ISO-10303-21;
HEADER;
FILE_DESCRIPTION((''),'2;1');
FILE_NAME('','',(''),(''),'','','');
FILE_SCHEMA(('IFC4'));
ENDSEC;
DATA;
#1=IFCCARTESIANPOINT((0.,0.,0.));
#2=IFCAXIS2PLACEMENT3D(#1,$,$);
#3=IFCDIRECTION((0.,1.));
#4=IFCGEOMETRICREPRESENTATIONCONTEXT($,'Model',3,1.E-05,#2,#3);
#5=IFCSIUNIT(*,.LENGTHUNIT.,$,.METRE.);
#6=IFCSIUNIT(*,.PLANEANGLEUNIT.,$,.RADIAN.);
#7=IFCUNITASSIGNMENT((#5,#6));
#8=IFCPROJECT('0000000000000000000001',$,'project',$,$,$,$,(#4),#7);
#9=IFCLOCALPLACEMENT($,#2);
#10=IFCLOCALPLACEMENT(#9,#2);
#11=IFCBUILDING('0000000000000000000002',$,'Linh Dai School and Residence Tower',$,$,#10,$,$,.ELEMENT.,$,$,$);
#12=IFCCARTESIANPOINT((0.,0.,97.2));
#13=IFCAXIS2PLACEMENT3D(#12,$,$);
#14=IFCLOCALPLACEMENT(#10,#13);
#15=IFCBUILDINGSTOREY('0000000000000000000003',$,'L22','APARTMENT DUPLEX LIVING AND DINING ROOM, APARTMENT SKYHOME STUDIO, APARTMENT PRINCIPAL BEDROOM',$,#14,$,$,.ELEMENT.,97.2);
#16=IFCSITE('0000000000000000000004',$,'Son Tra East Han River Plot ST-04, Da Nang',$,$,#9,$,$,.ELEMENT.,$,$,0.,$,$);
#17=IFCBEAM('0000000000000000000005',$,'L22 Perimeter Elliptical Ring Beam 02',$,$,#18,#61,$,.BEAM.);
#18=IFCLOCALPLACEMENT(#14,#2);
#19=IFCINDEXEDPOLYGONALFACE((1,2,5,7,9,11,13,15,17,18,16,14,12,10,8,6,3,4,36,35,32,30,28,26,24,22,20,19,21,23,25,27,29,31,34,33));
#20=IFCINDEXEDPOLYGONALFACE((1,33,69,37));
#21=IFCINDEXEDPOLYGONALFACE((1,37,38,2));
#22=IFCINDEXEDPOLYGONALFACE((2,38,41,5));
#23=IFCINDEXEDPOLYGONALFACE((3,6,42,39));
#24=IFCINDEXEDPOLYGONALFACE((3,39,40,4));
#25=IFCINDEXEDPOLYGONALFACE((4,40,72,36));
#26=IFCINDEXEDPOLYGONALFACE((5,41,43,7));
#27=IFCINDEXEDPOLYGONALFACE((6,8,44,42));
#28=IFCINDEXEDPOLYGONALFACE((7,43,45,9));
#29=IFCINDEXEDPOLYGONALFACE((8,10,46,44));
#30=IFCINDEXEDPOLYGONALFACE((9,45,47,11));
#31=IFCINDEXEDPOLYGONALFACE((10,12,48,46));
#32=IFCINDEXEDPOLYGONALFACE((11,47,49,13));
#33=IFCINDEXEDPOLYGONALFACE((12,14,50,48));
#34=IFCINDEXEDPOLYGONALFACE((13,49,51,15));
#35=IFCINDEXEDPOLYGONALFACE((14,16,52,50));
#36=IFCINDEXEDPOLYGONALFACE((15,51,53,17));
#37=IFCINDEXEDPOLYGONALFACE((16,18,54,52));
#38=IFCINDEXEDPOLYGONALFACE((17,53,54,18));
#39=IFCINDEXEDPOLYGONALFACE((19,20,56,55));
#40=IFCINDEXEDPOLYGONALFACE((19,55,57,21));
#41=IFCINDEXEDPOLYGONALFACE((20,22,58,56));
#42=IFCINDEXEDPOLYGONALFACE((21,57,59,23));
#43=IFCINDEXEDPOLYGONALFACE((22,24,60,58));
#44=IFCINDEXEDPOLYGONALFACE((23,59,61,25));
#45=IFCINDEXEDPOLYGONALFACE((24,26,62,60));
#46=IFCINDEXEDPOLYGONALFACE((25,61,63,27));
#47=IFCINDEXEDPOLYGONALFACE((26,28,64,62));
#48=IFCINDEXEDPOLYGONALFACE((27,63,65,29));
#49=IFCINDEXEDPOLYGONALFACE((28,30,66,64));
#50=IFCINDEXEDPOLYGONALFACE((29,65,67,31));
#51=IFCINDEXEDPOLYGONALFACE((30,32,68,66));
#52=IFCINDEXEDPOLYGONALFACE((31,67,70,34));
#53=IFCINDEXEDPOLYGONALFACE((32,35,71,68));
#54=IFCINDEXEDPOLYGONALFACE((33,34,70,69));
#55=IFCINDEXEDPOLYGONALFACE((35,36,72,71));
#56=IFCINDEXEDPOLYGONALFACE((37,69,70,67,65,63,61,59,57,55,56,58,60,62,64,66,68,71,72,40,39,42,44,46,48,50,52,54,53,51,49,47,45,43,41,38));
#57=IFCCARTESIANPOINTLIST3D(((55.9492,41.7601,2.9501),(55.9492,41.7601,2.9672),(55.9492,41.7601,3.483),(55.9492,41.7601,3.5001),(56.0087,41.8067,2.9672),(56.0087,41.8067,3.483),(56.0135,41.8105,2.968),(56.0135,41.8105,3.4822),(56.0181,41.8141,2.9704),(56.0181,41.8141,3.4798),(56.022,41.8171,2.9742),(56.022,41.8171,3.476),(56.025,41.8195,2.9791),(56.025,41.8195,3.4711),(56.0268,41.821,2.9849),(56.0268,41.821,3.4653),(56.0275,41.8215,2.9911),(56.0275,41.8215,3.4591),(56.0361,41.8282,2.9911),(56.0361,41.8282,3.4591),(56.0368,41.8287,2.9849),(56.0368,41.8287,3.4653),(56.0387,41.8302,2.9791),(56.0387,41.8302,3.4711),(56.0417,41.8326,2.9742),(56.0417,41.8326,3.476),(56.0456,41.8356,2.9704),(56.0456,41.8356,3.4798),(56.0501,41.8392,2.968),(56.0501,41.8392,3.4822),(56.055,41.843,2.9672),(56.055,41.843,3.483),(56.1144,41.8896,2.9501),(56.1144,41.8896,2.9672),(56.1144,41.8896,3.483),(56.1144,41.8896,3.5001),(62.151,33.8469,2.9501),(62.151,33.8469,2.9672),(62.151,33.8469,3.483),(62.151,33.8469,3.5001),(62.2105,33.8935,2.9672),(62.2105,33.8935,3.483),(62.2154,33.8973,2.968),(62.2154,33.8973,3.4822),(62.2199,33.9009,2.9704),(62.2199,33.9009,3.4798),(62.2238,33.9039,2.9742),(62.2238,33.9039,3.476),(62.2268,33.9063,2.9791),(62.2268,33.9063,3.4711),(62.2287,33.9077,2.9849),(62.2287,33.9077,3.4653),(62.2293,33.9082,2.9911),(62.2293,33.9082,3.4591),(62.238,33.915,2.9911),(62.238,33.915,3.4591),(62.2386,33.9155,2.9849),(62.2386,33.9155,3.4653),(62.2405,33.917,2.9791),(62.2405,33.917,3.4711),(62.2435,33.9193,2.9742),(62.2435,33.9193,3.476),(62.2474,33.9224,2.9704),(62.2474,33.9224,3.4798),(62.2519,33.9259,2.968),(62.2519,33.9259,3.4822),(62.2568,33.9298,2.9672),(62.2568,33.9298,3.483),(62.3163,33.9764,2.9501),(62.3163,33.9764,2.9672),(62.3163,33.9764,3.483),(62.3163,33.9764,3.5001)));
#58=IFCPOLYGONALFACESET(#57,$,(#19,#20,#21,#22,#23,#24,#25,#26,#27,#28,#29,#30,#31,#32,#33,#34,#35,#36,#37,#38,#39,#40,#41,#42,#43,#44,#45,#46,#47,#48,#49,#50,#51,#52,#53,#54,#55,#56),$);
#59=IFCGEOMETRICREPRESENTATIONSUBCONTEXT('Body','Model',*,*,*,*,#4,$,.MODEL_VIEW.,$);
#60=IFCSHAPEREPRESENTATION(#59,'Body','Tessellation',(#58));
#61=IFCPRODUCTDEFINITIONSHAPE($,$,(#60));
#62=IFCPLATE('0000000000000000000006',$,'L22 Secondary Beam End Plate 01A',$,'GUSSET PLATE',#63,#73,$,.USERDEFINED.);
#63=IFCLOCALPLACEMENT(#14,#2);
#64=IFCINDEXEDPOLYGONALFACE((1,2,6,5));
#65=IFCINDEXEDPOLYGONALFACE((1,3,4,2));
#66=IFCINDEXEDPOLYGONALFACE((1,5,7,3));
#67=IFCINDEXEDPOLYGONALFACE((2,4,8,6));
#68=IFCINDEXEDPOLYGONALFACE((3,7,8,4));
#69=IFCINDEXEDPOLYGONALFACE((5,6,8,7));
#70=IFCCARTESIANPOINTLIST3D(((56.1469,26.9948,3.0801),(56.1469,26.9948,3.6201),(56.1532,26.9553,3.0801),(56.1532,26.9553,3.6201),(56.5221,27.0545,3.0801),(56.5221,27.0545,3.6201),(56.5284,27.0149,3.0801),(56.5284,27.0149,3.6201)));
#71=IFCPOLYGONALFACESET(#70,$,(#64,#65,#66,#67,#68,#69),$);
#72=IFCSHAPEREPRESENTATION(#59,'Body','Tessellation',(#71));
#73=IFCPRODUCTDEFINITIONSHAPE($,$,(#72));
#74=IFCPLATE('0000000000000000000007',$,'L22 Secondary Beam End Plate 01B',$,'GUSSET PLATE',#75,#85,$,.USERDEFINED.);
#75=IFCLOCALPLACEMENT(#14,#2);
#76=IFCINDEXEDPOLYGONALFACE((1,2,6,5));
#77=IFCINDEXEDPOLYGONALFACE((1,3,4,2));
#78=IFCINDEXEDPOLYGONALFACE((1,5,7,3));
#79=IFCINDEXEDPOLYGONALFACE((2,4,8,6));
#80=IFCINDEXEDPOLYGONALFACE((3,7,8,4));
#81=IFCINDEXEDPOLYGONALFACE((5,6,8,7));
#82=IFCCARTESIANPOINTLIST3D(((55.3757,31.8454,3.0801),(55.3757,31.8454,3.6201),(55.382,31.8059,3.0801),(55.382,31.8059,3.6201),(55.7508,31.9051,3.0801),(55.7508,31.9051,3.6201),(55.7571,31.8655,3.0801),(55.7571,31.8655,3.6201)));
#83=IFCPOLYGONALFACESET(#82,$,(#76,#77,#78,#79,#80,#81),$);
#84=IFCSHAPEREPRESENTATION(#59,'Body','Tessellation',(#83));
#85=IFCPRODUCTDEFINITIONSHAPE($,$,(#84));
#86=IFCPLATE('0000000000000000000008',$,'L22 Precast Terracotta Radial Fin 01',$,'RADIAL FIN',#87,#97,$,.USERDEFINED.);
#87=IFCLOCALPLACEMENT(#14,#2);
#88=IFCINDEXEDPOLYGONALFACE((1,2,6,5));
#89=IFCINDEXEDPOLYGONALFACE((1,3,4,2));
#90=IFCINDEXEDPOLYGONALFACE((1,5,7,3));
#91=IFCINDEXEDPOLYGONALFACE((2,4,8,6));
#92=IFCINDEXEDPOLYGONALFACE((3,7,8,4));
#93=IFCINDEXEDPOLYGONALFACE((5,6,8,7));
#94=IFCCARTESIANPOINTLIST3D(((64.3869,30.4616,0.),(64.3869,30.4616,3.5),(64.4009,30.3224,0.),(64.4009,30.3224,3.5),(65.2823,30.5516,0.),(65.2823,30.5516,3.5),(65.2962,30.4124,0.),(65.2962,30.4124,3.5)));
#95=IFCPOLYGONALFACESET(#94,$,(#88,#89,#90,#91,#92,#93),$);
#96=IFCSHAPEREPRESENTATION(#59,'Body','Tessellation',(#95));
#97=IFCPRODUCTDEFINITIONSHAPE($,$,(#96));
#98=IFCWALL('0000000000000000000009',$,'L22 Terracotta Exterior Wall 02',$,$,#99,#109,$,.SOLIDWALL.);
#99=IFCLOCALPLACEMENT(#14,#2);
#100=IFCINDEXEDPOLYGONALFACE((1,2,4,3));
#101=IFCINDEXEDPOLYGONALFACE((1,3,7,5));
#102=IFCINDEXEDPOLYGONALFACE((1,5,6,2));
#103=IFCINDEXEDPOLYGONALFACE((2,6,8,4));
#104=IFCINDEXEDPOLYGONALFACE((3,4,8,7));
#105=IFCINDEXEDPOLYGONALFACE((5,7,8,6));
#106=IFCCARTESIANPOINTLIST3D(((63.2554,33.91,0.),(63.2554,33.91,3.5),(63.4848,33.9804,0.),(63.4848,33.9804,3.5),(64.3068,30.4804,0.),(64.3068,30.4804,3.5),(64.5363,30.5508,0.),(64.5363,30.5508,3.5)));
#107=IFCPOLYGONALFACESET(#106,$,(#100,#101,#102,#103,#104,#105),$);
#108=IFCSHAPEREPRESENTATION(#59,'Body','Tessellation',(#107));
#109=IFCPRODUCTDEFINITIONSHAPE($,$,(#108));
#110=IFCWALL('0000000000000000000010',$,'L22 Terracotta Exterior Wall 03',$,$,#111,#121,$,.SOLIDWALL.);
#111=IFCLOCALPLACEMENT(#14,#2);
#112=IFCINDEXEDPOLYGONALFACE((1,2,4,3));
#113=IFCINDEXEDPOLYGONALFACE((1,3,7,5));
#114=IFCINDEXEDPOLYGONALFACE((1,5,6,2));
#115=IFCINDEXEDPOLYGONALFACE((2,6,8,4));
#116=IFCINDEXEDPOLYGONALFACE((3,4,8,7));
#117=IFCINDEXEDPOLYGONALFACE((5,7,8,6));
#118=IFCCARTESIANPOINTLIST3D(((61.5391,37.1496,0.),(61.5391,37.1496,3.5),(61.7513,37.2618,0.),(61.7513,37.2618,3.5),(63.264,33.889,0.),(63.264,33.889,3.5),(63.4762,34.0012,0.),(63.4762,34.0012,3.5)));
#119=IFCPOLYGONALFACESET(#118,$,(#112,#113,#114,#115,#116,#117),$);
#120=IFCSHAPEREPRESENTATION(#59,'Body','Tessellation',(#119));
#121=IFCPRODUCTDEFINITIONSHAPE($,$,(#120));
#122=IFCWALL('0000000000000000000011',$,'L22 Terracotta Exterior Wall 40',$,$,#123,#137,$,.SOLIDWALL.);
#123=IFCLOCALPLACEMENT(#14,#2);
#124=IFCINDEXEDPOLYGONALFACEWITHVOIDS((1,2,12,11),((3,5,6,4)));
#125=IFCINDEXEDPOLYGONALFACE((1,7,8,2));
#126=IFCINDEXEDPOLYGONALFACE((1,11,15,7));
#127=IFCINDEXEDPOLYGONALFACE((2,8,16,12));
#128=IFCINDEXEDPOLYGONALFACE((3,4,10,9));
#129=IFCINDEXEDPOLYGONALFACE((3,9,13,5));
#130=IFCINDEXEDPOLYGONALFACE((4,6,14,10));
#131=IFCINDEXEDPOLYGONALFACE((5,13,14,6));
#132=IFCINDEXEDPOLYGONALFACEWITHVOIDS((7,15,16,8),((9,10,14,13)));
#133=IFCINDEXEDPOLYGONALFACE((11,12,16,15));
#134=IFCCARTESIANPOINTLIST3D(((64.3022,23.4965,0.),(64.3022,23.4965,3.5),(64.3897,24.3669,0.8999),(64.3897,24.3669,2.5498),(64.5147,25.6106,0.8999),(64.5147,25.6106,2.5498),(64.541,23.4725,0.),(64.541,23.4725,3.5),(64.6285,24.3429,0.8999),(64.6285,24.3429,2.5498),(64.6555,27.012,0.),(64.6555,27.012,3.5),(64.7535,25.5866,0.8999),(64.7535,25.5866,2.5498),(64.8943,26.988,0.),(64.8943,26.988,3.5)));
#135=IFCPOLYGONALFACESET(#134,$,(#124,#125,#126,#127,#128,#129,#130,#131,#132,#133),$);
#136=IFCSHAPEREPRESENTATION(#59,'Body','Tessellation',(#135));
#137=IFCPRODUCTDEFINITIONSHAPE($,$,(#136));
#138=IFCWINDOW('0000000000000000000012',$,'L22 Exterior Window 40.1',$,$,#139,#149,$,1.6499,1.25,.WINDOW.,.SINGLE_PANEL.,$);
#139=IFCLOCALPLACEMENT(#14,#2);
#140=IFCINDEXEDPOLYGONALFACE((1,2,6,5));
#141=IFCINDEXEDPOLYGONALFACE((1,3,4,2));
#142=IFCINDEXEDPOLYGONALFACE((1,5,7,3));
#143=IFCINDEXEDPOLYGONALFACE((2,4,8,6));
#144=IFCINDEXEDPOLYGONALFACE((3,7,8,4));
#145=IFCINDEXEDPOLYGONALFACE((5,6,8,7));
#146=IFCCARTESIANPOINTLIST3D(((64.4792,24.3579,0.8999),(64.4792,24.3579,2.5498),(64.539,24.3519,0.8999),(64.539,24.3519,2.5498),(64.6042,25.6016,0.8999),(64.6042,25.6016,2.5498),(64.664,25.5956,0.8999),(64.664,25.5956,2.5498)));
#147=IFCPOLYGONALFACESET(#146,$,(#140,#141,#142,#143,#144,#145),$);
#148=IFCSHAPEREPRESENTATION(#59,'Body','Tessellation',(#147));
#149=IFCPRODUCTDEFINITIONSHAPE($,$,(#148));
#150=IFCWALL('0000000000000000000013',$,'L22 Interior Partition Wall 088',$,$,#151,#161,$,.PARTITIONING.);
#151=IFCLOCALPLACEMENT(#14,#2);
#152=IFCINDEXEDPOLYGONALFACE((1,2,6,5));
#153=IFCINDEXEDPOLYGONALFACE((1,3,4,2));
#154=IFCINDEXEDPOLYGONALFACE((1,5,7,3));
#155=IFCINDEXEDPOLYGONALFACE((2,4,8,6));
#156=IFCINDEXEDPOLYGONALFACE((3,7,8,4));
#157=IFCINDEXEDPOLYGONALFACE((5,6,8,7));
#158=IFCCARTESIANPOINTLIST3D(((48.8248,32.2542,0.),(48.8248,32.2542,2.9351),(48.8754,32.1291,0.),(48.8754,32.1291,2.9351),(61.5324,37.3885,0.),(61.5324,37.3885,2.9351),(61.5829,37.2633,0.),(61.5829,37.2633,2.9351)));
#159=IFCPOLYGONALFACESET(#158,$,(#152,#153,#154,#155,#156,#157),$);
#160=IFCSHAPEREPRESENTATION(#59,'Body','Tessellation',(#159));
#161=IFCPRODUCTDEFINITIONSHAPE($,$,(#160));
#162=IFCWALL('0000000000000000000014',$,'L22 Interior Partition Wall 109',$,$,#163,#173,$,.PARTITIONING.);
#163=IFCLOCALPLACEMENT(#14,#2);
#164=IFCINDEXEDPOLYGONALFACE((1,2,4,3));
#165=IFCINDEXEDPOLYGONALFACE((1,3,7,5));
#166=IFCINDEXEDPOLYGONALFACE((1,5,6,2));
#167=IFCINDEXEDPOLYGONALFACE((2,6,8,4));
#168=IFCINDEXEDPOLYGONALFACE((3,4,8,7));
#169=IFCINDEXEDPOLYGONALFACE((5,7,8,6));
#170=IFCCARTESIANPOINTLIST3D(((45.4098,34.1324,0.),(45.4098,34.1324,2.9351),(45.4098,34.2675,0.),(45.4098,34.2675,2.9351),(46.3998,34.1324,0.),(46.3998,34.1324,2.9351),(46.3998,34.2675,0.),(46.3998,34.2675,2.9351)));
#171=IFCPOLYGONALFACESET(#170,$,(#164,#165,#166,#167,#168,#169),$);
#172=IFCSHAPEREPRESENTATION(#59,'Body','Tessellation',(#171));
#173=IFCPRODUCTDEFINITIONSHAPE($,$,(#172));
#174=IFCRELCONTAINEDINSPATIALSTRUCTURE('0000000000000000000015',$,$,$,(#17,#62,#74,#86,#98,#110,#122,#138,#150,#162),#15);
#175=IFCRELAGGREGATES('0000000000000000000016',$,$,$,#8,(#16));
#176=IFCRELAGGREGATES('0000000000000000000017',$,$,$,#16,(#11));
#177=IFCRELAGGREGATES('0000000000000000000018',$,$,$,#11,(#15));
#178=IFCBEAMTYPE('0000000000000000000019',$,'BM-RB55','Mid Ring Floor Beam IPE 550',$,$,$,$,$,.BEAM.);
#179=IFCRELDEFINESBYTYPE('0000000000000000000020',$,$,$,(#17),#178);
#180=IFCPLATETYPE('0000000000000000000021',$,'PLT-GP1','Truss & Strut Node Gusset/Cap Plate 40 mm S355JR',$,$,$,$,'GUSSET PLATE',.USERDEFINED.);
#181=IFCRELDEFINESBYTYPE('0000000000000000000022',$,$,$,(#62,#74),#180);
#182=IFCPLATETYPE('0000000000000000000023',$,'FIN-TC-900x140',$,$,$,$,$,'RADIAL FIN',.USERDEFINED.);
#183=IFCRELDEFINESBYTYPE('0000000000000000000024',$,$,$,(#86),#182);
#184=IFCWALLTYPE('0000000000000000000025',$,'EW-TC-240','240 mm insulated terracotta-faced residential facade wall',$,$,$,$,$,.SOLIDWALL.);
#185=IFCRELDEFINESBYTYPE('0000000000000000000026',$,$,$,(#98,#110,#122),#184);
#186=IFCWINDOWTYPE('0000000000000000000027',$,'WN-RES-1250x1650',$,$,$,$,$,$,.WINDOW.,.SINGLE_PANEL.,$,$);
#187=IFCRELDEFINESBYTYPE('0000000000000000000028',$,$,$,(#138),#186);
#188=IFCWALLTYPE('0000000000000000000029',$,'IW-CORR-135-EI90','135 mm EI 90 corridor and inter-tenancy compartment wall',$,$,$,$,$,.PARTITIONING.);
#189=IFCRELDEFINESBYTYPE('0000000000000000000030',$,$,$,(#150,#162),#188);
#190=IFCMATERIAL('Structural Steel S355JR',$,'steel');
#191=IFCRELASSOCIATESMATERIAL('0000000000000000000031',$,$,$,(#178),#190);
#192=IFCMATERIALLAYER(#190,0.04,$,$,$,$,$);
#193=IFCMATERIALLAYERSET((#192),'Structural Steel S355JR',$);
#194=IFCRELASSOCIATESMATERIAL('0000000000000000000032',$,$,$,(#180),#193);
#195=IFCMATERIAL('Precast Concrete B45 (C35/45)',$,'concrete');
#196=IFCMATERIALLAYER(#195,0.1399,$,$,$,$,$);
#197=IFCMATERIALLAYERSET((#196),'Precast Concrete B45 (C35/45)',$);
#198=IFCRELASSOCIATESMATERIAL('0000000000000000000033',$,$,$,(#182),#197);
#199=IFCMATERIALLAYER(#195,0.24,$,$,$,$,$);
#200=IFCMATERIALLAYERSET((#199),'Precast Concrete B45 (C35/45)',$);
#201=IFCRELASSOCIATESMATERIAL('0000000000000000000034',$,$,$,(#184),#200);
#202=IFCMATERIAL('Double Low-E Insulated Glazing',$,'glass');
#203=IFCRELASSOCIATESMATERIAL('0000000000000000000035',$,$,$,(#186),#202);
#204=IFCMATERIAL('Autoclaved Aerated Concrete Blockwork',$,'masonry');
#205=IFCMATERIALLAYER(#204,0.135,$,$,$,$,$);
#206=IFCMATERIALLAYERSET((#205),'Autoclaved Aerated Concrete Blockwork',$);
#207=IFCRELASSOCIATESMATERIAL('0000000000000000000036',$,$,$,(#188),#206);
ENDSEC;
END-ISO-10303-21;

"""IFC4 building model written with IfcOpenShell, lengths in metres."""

from ifc_helpers import new_model, si_unit, direction, frame, frame_2d, origin, origin_2d, place, context, subcontext, project, spatial, rectangle, i_section, extrude, source, transform, mapped, material, layer, layer_set, material_profile, profile_set, type_object, element, fill, save


model = new_model("IFC4")

# Units and contexts
model_context = context("Model", 3, precision=1e-05, world=origin(), true_north=direction((0.0, 1.0)))
body_context = subcontext(model_context, "Body", "Model", "MODEL_VIEW")
ifc_project = project(units=[si_unit("LENGTHUNIT", "METRE"), si_unit("PLANEANGLEUNIT", "RADIAN")], contexts=[model_context])

# Site, building, storey
site_placement = place(None, origin())
site = spatial("IfcSite", under=ifc_project, at=site_placement, Name="Son Tra East Han River Plot ST-04, Da Nang", CompositionType="ELEMENT", RefElevation=0.0)
building_placement = place(site_placement, origin())
building = spatial("IfcBuilding", under=site, at=building_placement, Name="Linh Dai School and Residence Tower", CompositionType="ELEMENT")
storey_placement = place(building_placement, frame((0.0, 0.0, 97.2)))
storey = spatial("IfcBuildingStorey", under=building, at=storey_placement, Name="L22", Description="APARTMENT DUPLEX LIVING AND DINING ROOM, APARTMENT SKYHOME STUDIO, APARTMENT PRINCIPAL BEDROOM", CompositionType="ELEMENT", Elevation=97.2)

# Shared definitions
ifc_material_1 = material(Name="Structural Steel S355JR", Category="steel")

# Beam
ifc_material_profile_1 = material_profile(ifc_material_1, i_section(OverallWidth=0.21, OverallDepth=0.55, WebThickness=0.011, FlangeThickness=0.0171, FilletRadius=0.0239, at=origin_2d()), Name="IPE 550")
ifc_profile_set_1 = profile_set([ifc_material_profile_1], Name="Structural Steel S355JR")
beam_type_1 = type_object("IfcBeamType", Name="BM-RB55", Description="Mid Ring Floor Beam IPE 550", PredefinedType="BEAM", material=ifc_profile_set_1)
beam_1_placement = place(storey_placement, frame((62.2336, 33.9116, 3.2251), z_axis=(-0.616855, 0.787077, 0.0), x_axis=(-0.787077, -0.616855, 0.0)))
element("IfcBeam", 1, at=beam_1_placement, inside=storey, type_object=beam_type_1, Name="L22 Perimeter Elliptical Ring Beam 02", PredefinedType="BEAM", context=body_context, shape_type="SweptSolid", body=[
    extrude(i_section(OverallWidth=0.21, OverallDepth=0.55, WebThickness=0.011, FlangeThickness=0.0171, FilletRadius=0.0239, at=origin_2d()), origin(), (0.0, 0.0, 1.0), 10.054),
])

# Plates
ifc_layer_1 = layer(ifc_material_1, 0.04)
ifc_layer_set_1 = layer_set([ifc_layer_1], Name="Structural Steel S355JR")
plate_type_1 = type_object("IfcPlateType", Name="PLT-GP1", Description="Truss & Strut Node Gusset/Cap Plate 40 mm S355JR", ElementType="GUSSET PLATE", PredefinedType="USERDEFINED", material=ifc_layer_set_1)
shared_shape_1 = source(origin(), body_context, "Body", "SweptSolid", [
    extrude(rectangle(XDim=0.04, YDim=0.3799, at=origin_2d()), origin(), (0.0, 0.0, 1.0), 0.54),
])
for number, where, z_axis, x_axis, name in (
    (2, (56.3376, 27.0049, 3.0801), (0.0, 0.0, 1.0), (-0.157025, 0.987595, 0.0), "L22 Secondary Beam End Plate 01A"),
    (3, (55.5664, 31.8555, 3.0801), (0.0, 0.0, 1.0), (-0.157025, 0.987595, 0.0), "L22 Secondary Beam End Plate 01B"),
):
    element("IfcPlate", number, at=place(storey_placement, frame(where, z_axis=z_axis, x_axis=x_axis)), inside=storey, type_object=plate_type_1, Name=name, ObjectType="GUSSET PLATE", PredefinedType="USERDEFINED", context=body_context, shape_type="MappedRepresentation", body=[
        mapped(shared_shape_1, transform((0.0, 0.0, 0.0), x_axis=(1.0, 0.0, 0.0), y_axis=(0.0, 1.0, 0.0), z_axis=(0.0, 0.0, 1.0), scale=1.0)),
    ])
ifc_material_2 = material(Name="Precast Concrete B45 (C35/45)", Category="concrete")
ifc_layer_2 = layer(ifc_material_2, 0.1399)
ifc_layer_set_2 = layer_set([ifc_layer_2], Name="Precast Concrete B45 (C35/45)")
plate_type_2 = type_object("IfcPlateType", Name="FIN-TC-900x140", ElementType="RADIAL FIN", PredefinedType="USERDEFINED", material=ifc_layer_set_2)
shared_shape_2 = source(origin(), body_context, "Body", "SweptSolid", [
    extrude(rectangle(XDim=0.8999, YDim=0.1399, at=origin_2d()), origin(), (0.0, 0.0, 1.0), 3.5),
])
plate_placement = place(storey_placement, frame((64.8416, 30.437, 0.0), z_axis=(0.0, 0.0, 1.0), x_axis=(0.994987, 0.100007, 0.0)))
element("IfcPlate", 4, at=plate_placement, inside=storey, type_object=plate_type_2, Name="L22 Precast Terracotta Radial Fin 01", ObjectType="RADIAL FIN", PredefinedType="USERDEFINED", context=body_context, shape_type="MappedRepresentation", body=[
    mapped(shared_shape_2, transform((0.0, 0.0, 0.0), x_axis=(1.0, 0.0, 0.0), y_axis=(0.0, 1.0, 0.0), z_axis=(0.0, 0.0, 1.0), scale=1.0)),
])

# Shared definitions
ifc_layer_3 = layer(ifc_material_2, 0.24)
ifc_layer_set_3 = layer_set([ifc_layer_3], Name="Precast Concrete B45 (C35/45)")
wall_type_1 = type_object("IfcWallType", Name="EW-TC-240", Description="240 mm insulated terracotta-faced residential facade wall", PredefinedType="SOLIDWALL", material=ifc_layer_set_3)

# Walls
wall_1_placement = place(storey_placement, frame((63.3701, 33.9451, 0.0), z_axis=(0.0, 0.0, 1.0), x_axis=(0.293124, -0.956074, 0.0)))
element("IfcWall", 5, at=wall_1_placement, inside=storey, type_object=wall_type_1, Name="L22 Terracotta Exterior Wall 02", PredefinedType="SOLIDWALL", context=body_context, shape_type="SweptSolid", body=[
    extrude(rectangle(XDim=3.5872, YDim=0.24, at=frame_2d((1.7935, 0.0))), origin(), (0.0, 0.0, 1.0), 3.5),
])
wall_2_placement = place(storey_placement, frame((61.6453, 37.2056, 0.0), z_axis=(0.0, 0.0, 1.0), x_axis=(0.467614, -0.883933, 0.0)))
element("IfcWall", 6, at=wall_2_placement, inside=storey, type_object=wall_type_1, Name="L22 Terracotta Exterior Wall 03", PredefinedType="SOLIDWALL", context=body_context, shape_type="SweptSolid", body=[
    extrude(rectangle(XDim=3.6887, YDim=0.24, at=frame_2d((1.8442, 0.0))), origin(), (0.0, 0.0, 1.0), 3.5),
])

# Wall, opening, window
wall_3_placement = place(storey_placement, frame((64.7749, 27.0, 0.0), z_axis=(0.0, 0.0, 1.0), x_axis=(-0.099989, -0.994988, 0.0)))
wall_3 = element("IfcWall", 7, at=wall_3_placement, inside=storey, type_object=wall_type_1, Name="L22 Terracotta Exterior Wall 40", PredefinedType="SOLIDWALL", context=body_context, shape_type="SweptSolid", body=[
    extrude(rectangle(XDim=3.5332, YDim=0.24, at=frame_2d((1.7666, 0.0))), origin(), (0.0, 0.0, 1.0), 3.5),
])
opening_1_placement = place(wall_3_placement, frame((1.4084, 0.0, 0.8999)))
opening_1 = element("IfcOpeningElement", 8, at=opening_1_placement, cuts=wall_3, PredefinedType="OPENING", context=body_context, shape_type="SweptSolid", body=[
    extrude(rectangle(XDim=1.25, YDim=1.6499, at=origin_2d()), frame((0.625, 0.1299, 0.825), z_axis=(0.0, -1.0, 0.0), x_axis=(1.0, 0.0, 0.0)), (0.0, 0.0, 1.0), 0.26),
])
ifc_material_3 = material(Name="Double Low-E Insulated Glazing", Category="glass")
window_type = type_object("IfcWindowType", Name="WN-RES-1250x1650", PartitioningType="SINGLE_PANEL", PredefinedType="WINDOW", material=ifc_material_3)
shared_shape_3 = source(origin(), body_context, "Body", "SweptSolid", [
    extrude(rectangle(XDim=1.25, YDim=1.6499, at=origin_2d()), frame((0.625, 0.03, 0.825), z_axis=(0.0, -1.0, 0.0), x_axis=(1.0, 0.0, 0.0)), (0.0, 0.0, 1.0), 0.0601),
])
window_placement = place(opening_1_placement, origin())
window = element("IfcWindow", 9, at=window_placement, inside=storey, type_object=window_type, Name="L22 Exterior Window 40.1", OverallHeight=1.6499, OverallWidth=1.25, PartitioningType="SINGLE_PANEL", PredefinedType="WINDOW", context=body_context, shape_type="MappedRepresentation", body=[
    mapped(shared_shape_3, transform((0.0, 0.0, 0.0), x_axis=(1.0, 0.0, 0.0), y_axis=(0.0, 1.0, 0.0), z_axis=(0.0, 0.0, 1.0), scale=1.0)),
])
fill(opening_1, window)

# Walls
ifc_material_4 = material(Name="Autoclaved Aerated Concrete Blockwork", Category="masonry")
ifc_layer_4 = layer(ifc_material_4, 0.135)
ifc_layer_set_4 = layer_set([ifc_layer_4], Name="Autoclaved Aerated Concrete Blockwork")
wall_type_2 = type_object("IfcWallType", Name="IW-CORR-135-EI90", Description="135 mm EI 90 corridor and inter-tenancy compartment wall", PredefinedType="PARTITIONING", material=ifc_layer_set_4)
wall_4_placement = place(storey_placement, frame((48.8501, 32.1917, 0.0), z_axis=(0.0, 0.0, 1.0), x_axis=(0.927181, 0.374613, 0.0)))
element("IfcWall", 10, at=wall_4_placement, inside=storey, type_object=wall_type_2, Name="L22 Interior Partition Wall 088", PredefinedType="PARTITIONING", context=body_context, shape_type="SweptSolid", body=[
    extrude(rectangle(XDim=13.7056, YDim=0.135, at=frame_2d((6.8528, 0.0))), origin(), (0.0, 0.0, 1.0), 2.9351),
])
wall_5_placement = place(storey_placement, frame((46.3999, 34.2, 0.0), z_axis=(0.0, 0.0, 1.0), x_axis=(-1.0, 0.0, 0.0)))
element("IfcWall", 11, at=wall_5_placement, inside=storey, type_object=wall_type_2, Name="L22 Interior Partition Wall 109", PredefinedType="PARTITIONING", context=body_context, shape_type="SweptSolid", body=[
    extrude(rectangle(XDim=0.99, YDim=0.135, at=frame_2d((0.4951, 0.0))), origin(), (0.0, 0.0, 1.0), 2.9351),
])

save(model, "model.ifc")
